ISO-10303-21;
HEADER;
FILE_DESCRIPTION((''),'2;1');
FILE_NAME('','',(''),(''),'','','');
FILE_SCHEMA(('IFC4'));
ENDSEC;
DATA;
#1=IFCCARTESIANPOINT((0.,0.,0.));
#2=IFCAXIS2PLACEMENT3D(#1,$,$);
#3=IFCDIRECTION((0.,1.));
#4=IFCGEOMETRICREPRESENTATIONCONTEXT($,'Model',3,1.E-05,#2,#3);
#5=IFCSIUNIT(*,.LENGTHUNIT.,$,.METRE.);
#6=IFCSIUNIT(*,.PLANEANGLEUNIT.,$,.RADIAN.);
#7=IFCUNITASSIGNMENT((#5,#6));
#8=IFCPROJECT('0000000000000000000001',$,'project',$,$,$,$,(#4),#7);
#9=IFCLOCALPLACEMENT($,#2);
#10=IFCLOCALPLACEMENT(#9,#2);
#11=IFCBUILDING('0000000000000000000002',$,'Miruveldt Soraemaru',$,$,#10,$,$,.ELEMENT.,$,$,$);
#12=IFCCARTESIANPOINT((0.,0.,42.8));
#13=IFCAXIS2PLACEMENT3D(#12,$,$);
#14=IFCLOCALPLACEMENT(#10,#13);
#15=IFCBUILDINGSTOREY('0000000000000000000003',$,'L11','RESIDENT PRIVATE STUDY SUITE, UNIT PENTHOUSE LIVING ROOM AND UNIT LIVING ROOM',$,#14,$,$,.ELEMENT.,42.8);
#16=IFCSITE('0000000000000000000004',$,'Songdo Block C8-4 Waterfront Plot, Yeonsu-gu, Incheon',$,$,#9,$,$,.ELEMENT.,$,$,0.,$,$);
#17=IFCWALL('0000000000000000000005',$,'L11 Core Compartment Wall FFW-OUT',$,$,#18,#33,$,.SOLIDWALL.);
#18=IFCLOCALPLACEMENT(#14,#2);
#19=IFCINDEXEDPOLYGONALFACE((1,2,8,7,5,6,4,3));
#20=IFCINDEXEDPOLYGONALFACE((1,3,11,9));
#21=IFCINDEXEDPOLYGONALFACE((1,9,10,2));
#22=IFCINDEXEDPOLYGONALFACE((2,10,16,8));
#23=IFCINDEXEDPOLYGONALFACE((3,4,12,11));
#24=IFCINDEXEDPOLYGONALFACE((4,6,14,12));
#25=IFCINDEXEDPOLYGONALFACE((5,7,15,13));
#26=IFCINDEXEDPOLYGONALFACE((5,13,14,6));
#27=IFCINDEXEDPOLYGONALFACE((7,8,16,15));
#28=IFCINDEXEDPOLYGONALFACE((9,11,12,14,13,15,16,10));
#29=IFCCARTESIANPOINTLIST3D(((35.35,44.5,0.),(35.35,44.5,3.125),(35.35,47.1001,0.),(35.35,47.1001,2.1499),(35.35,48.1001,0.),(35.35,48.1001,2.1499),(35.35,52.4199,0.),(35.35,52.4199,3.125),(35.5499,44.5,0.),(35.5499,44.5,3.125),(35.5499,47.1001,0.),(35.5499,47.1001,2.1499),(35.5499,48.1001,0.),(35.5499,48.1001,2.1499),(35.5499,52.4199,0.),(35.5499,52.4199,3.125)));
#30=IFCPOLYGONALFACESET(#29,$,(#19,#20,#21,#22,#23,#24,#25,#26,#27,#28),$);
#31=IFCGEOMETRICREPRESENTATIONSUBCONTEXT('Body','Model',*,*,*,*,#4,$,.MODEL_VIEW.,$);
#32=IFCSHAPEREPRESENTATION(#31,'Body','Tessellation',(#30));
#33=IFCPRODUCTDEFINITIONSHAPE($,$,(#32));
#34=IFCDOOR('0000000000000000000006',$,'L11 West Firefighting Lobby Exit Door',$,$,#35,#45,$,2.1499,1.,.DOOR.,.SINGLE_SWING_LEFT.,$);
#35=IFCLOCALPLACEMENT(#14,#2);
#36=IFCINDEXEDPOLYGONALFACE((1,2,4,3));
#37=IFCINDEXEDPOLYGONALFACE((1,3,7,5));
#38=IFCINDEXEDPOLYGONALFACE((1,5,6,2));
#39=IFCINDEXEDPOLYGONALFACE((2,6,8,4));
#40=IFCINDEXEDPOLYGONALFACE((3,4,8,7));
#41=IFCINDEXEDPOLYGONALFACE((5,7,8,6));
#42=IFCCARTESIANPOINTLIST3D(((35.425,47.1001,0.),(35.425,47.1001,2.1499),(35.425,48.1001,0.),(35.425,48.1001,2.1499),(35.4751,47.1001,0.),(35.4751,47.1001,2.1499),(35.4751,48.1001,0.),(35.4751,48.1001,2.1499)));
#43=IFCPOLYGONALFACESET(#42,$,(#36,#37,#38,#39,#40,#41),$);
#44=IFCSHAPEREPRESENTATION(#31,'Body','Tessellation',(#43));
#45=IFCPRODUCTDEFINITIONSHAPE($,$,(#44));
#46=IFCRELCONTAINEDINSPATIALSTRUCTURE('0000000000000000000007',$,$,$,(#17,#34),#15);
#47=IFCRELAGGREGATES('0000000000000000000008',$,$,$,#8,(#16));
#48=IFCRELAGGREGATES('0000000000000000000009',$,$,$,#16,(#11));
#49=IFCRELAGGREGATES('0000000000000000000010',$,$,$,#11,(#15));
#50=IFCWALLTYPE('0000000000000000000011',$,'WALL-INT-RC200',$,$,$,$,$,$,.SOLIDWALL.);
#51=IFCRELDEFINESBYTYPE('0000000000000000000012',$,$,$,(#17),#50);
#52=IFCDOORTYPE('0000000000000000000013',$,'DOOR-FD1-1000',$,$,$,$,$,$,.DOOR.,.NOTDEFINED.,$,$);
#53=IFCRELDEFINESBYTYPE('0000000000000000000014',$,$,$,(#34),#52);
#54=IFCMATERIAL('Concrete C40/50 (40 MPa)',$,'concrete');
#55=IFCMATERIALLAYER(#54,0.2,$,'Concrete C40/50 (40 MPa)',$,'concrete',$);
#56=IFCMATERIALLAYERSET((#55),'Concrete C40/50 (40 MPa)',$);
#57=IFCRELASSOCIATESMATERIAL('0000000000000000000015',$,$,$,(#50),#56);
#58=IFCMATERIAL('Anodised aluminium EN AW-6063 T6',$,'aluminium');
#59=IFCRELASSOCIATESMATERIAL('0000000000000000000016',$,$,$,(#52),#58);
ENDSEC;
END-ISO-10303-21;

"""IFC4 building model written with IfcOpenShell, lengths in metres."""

from ifc_helpers import new_model, si_unit, direction, frame, frame_2d, origin, place, context, subcontext, project, spatial, rectangle, extrude, material, layer, layer_set, type_object, element, fill, save


model = new_model("IFC4")

# Units and contexts
model_context = context("Model", 3, precision=1e-05, world=origin(), true_north=direction((0.0, 1.0)))
body_context = subcontext(model_context, "Body", "Model", "MODEL_VIEW")
ifc_project = project(units=[si_unit("LENGTHUNIT", "METRE"), si_unit("PLANEANGLEUNIT", "RADIAN")], contexts=[model_context])

# Site, building, storey
site_placement = place(None, origin())
site = spatial("IfcSite", under=ifc_project, at=site_placement, Name="Songdo Block C8-4 Waterfront Plot, Yeonsu-gu, Incheon", CompositionType="ELEMENT", RefElevation=0.0)
building_placement = place(site_placement, origin())
building = spatial("IfcBuilding", under=site, at=building_placement, Name="Miruveldt Soraemaru", CompositionType="ELEMENT")
storey_placement = place(building_placement, frame((0.0, 0.0, 42.8)))
storey = spatial("IfcBuildingStorey", under=building, at=storey_placement, Name="L11", Description="RESIDENT PRIVATE STUDY SUITE, UNIT PENTHOUSE LIVING ROOM AND UNIT LIVING ROOM", CompositionType="ELEMENT", Elevation=42.8)

# Shared definitions
ifc_material_1 = material(Name="Concrete C40/50 (40 MPa)", Category="concrete")

# Shared definitions
ifc_material_2 = material(Name="Anodised aluminium EN AW-6063 T6", Category="aluminium")

# Wall, opening, door
ifc_layer_1 = layer(ifc_material_1, 0.2, Name="Concrete C40/50 (40 MPa)", Category="concrete")
ifc_layer_set_1 = layer_set([ifc_layer_1], Name="Concrete C40/50 (40 MPa)")
wall_type_1 = type_object("IfcWallType", Name="WALL-INT-RC200", PredefinedType="SOLIDWALL", material=ifc_layer_set_1)
wall_1_placement = place(storey_placement, frame((35.45, 44.5, 0.0), z_axis=(0.0, 0.0, 1.0), x_axis=(0.0, 1.0, 0.0)))
wall_1 = element("IfcWall", 1, at=wall_1_placement, inside=storey, type_object=wall_type_1, Name="L11 Core Compartment Wall FFW-OUT", PredefinedType="SOLIDWALL", context=body_context, shape_type="SweptSolid", body=[
    extrude(rectangle(XDim=7.9199, YDim=0.2, at=frame_2d((3.96, 0.0))), origin(), (0.0, 0.0, 1.0), 3.125),
])
opening_1_placement = place(wall_1_placement, frame((2.6001, 0.0, 0.0)))
opening_1 = element("IfcOpeningElement", 2, at=opening_1_placement, cuts=wall_1, PredefinedType="OPENING", context=body_context, shape_type="SweptSolid", body=[
    extrude(rectangle(XDim=1.0, YDim=2.1499, at=frame_2d((0.5, 1.075))), frame((0.0, 0.1099, 0.0), z_axis=(0.0, -1.0, 0.0), x_axis=(1.0, 0.0, 0.0)), (0.0, 0.0, 1.0), 0.22),
])
door_type_1 = type_object("IfcDoorType", Name="DOOR-FD1-1000", OperationType="NOTDEFINED", PredefinedType="DOOR", material=ifc_material_2)
door_1_placement = place(opening_1_placement, origin())
door_1 = element("IfcDoor", 3, at=door_1_placement, inside=storey, type_object=door_type_1, Name="L11 West Firefighting Lobby Exit Door", OperationType="SINGLE_SWING_LEFT", OverallHeight=2.1499, OverallWidth=1.0, PredefinedType="DOOR", context=body_context, shape_type="SweptSolid", body=[
    extrude(rectangle(XDim=1.0, YDim=2.1499, at=frame_2d((0.5, 1.075))), frame((0.0, 0.0249, 0.0), z_axis=(0.0, -1.0, 0.0), x_axis=(1.0, 0.0, 0.0)), (0.0, 0.0, 1.0), 0.05),
])
fill(opening_1, door_1)

save(model, "model.ifc")
